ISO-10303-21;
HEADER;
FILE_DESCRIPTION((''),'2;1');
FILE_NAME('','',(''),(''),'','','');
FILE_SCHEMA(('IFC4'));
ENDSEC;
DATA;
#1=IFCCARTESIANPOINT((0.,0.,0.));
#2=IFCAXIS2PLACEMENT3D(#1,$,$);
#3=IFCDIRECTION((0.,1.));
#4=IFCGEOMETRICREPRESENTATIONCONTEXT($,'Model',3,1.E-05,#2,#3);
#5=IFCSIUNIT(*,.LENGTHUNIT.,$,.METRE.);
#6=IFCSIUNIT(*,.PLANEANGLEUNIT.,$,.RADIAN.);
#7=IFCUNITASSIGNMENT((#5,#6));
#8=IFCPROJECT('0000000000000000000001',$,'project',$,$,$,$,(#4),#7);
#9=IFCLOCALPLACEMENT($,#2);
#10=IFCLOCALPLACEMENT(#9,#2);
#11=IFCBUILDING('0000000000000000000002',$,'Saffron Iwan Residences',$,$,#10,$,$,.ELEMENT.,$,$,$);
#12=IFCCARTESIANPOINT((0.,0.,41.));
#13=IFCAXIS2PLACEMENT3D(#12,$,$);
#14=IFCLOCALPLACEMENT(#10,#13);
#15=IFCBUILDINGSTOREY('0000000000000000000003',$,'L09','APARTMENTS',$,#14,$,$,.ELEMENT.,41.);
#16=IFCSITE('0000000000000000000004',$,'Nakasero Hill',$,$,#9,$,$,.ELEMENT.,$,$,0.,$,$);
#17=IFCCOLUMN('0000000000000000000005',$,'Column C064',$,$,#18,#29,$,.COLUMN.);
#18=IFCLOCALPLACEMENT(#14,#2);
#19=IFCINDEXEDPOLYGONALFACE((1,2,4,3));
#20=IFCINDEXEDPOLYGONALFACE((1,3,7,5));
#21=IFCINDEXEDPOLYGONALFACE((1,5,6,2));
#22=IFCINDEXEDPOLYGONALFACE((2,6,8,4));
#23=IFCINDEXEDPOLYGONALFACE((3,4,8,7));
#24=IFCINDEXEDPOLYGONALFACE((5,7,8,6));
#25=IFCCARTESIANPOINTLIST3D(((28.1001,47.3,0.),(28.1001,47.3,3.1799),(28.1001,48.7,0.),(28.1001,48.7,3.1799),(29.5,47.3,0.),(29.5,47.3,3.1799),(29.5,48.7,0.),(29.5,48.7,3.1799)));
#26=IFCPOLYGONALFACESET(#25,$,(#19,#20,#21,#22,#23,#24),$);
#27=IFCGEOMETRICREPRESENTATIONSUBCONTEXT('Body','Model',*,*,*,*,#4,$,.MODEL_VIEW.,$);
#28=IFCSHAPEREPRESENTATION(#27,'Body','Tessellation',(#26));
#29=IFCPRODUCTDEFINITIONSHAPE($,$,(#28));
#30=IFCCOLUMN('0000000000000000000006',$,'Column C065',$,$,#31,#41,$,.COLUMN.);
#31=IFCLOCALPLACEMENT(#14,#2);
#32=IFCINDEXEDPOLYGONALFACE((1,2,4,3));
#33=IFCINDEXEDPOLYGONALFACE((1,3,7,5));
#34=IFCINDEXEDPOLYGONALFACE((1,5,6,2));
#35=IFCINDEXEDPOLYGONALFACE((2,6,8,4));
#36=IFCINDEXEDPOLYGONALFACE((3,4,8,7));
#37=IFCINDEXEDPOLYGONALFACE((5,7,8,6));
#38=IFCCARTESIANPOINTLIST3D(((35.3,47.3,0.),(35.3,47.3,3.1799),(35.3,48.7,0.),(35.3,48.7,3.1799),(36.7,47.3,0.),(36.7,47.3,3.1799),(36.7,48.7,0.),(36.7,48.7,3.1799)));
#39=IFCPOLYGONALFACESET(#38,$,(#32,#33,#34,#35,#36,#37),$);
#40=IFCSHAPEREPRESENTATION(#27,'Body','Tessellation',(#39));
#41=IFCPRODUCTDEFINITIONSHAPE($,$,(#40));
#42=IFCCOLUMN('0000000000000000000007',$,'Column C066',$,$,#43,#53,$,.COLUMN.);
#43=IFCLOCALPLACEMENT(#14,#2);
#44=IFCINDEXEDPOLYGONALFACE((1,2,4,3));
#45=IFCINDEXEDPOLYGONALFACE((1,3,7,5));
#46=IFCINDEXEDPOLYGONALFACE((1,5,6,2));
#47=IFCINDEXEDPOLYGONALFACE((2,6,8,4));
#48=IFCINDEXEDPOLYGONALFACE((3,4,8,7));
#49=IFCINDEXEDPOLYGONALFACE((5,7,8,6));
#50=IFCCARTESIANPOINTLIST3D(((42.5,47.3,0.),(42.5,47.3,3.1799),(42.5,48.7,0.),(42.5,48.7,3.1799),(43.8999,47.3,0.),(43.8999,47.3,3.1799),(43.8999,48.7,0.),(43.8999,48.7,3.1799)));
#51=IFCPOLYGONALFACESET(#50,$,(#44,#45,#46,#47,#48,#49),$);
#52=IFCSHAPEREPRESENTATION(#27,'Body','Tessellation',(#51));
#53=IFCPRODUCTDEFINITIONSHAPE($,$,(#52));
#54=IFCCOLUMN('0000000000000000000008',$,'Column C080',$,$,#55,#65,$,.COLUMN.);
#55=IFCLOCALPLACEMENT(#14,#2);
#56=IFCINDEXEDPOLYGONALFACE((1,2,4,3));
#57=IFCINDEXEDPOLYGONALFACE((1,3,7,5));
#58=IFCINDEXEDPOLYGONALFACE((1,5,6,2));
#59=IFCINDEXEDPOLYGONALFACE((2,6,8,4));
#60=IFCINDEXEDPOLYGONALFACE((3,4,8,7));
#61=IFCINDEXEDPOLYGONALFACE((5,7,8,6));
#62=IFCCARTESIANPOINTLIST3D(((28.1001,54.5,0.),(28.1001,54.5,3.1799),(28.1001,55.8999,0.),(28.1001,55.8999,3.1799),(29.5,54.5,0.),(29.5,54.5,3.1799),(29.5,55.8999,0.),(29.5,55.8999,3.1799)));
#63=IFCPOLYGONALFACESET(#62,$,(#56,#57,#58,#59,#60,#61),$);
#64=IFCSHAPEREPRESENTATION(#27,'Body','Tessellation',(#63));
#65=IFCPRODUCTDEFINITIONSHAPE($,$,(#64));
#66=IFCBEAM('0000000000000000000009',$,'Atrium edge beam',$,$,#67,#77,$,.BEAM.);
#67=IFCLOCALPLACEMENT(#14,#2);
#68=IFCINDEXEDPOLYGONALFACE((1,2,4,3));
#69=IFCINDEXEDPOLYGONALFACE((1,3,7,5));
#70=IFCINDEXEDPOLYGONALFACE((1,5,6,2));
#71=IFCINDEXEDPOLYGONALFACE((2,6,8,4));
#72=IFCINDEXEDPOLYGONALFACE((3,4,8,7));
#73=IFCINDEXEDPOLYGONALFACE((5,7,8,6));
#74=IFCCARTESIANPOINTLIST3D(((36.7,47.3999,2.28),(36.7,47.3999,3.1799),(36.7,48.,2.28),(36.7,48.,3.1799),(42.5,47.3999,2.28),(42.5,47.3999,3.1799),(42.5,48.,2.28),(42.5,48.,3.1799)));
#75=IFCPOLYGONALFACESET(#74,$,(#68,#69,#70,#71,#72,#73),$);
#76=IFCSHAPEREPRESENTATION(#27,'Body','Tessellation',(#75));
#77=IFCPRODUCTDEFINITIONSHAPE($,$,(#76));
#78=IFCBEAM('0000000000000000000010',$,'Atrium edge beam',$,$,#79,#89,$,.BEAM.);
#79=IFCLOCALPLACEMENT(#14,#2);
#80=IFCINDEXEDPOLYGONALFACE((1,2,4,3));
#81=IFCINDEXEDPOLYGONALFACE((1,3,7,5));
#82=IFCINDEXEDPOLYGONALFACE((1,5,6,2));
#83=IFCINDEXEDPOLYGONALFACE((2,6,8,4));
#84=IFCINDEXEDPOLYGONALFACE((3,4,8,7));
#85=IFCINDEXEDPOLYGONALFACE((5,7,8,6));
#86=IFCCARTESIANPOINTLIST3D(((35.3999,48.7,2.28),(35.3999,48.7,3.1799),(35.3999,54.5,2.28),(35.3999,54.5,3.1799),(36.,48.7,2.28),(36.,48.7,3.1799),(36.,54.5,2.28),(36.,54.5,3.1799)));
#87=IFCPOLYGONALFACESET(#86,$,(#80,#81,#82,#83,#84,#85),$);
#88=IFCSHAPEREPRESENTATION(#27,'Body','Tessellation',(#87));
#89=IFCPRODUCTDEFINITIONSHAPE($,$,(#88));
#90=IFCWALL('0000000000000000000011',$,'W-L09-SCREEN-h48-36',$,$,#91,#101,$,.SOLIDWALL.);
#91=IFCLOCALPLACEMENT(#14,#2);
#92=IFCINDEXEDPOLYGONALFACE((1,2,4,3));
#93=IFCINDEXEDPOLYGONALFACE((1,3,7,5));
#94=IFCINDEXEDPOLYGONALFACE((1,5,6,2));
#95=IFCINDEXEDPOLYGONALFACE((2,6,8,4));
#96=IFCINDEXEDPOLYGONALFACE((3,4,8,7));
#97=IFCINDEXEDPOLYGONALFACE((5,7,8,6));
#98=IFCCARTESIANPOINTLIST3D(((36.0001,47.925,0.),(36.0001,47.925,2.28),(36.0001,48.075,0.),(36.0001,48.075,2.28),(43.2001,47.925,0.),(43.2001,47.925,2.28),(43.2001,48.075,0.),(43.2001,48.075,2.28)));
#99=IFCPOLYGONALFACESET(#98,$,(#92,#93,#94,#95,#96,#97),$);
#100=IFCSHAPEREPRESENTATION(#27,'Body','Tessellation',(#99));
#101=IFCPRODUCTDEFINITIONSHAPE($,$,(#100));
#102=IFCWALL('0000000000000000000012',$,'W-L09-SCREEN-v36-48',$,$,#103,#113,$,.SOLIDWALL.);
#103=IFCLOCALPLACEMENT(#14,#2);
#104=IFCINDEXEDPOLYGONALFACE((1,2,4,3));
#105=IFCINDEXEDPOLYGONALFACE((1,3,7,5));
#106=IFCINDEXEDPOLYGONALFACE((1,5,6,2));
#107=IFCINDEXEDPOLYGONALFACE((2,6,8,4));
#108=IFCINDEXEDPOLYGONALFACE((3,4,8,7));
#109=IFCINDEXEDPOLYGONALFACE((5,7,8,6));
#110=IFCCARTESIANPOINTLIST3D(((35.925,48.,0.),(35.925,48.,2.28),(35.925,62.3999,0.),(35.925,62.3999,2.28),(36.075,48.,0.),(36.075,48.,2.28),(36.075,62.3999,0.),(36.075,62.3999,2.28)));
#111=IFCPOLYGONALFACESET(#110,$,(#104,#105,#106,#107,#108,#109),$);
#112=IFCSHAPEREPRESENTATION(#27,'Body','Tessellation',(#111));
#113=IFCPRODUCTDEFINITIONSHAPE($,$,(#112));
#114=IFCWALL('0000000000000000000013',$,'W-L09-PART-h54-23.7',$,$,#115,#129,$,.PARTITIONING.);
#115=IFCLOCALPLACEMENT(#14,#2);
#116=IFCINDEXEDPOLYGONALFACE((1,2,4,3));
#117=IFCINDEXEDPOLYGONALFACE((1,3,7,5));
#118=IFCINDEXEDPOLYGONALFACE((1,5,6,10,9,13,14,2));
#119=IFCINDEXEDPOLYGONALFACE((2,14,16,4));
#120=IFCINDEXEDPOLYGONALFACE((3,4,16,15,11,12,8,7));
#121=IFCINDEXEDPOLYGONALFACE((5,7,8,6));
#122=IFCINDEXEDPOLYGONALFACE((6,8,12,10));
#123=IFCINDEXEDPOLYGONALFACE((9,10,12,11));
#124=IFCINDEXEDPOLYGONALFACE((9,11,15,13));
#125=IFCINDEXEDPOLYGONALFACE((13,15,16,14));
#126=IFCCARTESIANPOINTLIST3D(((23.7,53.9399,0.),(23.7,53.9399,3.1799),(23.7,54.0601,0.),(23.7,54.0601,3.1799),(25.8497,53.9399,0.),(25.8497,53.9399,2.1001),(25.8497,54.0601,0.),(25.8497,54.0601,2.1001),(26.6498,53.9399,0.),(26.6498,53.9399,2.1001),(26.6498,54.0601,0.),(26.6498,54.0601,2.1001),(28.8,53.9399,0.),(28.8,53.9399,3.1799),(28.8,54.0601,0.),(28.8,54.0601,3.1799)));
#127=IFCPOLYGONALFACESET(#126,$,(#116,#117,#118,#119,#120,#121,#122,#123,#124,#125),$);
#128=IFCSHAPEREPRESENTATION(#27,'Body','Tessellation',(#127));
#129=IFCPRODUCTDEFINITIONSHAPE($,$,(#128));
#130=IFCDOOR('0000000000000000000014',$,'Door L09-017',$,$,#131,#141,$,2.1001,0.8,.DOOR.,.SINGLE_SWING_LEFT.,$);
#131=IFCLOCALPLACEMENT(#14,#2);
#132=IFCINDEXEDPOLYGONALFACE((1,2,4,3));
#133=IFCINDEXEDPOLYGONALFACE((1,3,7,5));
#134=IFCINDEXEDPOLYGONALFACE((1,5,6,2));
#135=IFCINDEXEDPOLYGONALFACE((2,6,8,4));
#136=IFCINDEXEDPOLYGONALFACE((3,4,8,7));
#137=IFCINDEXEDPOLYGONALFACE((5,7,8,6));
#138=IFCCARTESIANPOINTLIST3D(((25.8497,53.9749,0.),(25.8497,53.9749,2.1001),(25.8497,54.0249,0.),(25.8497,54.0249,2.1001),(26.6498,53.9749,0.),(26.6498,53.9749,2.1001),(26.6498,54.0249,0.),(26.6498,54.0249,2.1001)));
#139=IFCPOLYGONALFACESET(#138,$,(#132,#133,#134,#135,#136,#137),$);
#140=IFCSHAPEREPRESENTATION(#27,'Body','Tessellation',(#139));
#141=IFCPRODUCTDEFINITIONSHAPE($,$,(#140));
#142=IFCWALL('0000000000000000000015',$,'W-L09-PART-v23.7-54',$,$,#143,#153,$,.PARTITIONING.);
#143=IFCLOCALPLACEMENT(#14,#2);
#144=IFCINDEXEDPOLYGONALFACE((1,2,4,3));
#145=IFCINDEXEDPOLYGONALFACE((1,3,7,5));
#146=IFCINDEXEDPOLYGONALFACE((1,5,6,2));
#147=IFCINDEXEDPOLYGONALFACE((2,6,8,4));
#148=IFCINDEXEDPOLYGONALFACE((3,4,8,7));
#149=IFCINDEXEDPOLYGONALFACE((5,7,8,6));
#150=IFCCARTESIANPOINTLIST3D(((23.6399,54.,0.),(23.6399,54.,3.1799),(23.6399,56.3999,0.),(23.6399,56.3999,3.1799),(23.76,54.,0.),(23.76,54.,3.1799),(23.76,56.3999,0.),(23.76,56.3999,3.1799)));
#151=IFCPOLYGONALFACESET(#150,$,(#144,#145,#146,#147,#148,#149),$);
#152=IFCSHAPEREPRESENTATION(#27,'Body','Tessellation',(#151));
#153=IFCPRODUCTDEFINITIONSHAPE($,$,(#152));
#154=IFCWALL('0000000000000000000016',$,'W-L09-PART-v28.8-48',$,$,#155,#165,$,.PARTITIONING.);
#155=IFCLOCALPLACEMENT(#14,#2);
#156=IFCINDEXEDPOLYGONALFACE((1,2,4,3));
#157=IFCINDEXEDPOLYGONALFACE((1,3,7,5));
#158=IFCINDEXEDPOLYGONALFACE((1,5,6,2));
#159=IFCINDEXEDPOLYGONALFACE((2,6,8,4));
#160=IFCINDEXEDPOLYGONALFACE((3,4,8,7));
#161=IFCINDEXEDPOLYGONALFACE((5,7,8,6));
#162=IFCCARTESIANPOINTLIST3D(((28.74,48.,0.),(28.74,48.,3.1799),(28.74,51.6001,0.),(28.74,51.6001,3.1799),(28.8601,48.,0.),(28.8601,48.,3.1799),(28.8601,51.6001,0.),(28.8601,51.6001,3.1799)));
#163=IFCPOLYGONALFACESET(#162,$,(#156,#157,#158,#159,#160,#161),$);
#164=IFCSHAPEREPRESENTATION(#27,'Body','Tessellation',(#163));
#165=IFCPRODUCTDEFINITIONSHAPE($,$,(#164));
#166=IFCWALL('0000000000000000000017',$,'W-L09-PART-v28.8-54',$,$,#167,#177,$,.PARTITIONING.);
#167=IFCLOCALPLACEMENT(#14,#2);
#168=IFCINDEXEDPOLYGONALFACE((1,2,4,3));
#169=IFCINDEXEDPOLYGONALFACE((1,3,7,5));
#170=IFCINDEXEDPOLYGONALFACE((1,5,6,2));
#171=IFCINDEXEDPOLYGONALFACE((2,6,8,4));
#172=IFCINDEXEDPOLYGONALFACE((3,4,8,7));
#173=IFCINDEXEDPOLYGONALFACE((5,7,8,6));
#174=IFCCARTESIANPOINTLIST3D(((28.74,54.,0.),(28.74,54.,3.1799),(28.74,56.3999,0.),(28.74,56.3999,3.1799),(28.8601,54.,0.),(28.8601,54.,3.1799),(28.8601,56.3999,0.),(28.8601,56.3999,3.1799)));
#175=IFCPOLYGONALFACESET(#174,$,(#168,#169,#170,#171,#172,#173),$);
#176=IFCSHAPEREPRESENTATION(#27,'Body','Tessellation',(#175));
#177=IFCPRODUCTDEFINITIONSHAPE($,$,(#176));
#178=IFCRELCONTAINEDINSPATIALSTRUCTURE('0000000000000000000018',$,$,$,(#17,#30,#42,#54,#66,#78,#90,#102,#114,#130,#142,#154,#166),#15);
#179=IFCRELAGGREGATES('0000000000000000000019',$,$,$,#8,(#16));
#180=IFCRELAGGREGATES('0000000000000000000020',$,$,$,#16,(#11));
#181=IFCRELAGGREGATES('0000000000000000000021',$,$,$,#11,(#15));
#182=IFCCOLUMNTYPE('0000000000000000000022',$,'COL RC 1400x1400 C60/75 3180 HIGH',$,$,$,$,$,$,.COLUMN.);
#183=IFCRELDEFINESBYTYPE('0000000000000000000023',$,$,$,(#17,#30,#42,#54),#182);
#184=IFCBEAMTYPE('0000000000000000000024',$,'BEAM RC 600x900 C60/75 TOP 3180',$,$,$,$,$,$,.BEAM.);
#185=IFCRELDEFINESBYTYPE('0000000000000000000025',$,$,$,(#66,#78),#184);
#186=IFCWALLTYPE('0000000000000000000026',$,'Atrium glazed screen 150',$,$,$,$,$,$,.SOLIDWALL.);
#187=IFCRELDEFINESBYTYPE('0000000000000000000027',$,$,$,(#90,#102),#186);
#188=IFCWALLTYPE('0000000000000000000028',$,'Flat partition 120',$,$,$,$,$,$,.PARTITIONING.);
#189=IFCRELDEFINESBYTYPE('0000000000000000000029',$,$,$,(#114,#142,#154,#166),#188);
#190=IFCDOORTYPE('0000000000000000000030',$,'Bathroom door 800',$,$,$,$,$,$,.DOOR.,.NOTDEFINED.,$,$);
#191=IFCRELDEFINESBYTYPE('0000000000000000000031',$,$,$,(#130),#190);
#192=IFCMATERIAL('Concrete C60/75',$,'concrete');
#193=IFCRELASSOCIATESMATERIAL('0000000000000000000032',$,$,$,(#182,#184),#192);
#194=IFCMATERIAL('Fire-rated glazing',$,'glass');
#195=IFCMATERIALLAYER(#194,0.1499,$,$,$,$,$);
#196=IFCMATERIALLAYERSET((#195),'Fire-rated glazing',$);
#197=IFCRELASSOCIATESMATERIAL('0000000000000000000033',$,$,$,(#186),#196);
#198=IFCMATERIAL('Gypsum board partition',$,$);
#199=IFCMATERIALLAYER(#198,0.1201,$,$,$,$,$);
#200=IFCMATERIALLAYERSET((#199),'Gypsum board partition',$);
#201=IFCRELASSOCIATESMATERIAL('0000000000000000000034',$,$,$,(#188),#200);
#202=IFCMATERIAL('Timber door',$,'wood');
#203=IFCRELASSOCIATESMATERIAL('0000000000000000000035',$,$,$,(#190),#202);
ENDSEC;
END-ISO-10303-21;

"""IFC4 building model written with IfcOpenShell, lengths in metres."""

from ifc_helpers import new_model, si_unit, direction, frame, frame_2d, origin, origin_2d, place, context, subcontext, project, spatial, rectangle, extrude, source, transform, mapped, material, layer, layer_set, material_profile, profile_set, type_object, element, fill, save


model = new_model("IFC4")

# Units and contexts
model_context = context("Model", 3, precision=1e-05, world=origin(), true_north=direction((0.0, 1.0)))
body_context = subcontext(model_context, "Body", "Model", "MODEL_VIEW")
ifc_project = project(units=[si_unit("LENGTHUNIT", "METRE"), si_unit("PLANEANGLEUNIT", "RADIAN")], contexts=[model_context])

# Site, building, storey
site_placement = place(None, origin())
site = spatial("IfcSite", under=ifc_project, at=site_placement, Name="Nakasero Hill", CompositionType="ELEMENT", RefElevation=0.0)
building_placement = place(site_placement, origin())
building = spatial("IfcBuilding", under=site, at=building_placement, Name="Saffron Iwan Residences", CompositionType="ELEMENT")
storey_placement = place(building_placement, frame((0.0, 0.0, 41.0)))
storey = spatial("IfcBuildingStorey", under=building, at=storey_placement, Name="L09", Description="APARTMENTS", CompositionType="ELEMENT", Elevation=41.0)

# Columns
ifc_material_1 = material(Name="Concrete C60/75", Category="concrete")
ifc_material_profile_1 = material_profile(ifc_material_1, rectangle(XDim=1.3999, YDim=1.3999, at=origin_2d()), Name="RC 1400x1400")
ifc_profile_set_1 = profile_set([ifc_material_profile_1], Name="Concrete C60/75")
column_type = type_object("IfcColumnType", Name="COL RC 1400x1400 C60/75 3180 HIGH", PredefinedType="COLUMN", material=ifc_profile_set_1)
shared_shape_1 = source(origin(), body_context, "Body", "SweptSolid", [
    extrude(rectangle(XDim=1.3999, YDim=1.3999, at=origin_2d()), origin(), (0.0, 0.0, 1.0), 3.1799),
])
for number, where, z_axis, x_axis, name in (
    (1, (28.8, 48.0, 0.0), (0.0, 0.0, 1.0), (1.0, 0.0, 0.0), "Column C064"),
    (2, (36.0, 48.0, 0.0), (0.0, 0.0, 1.0), (1.0, 0.0, 0.0), "Column C065"),
    (3, (43.2, 48.0, 0.0), (0.0, 0.0, 1.0), (1.0, 0.0, 0.0), "Column C066"),
    (4, (28.8, 55.2, 0.0), (0.0, 0.0, 1.0), (1.0, 0.0, 0.0), "Column C080"),
):
    element("IfcColumn", number, at=place(storey_placement, frame(where, z_axis=z_axis, x_axis=x_axis)), inside=storey, type_object=column_type, Name=name, PredefinedType="COLUMN", context=body_context, shape_type="MappedRepresentation", body=[
        mapped(shared_shape_1, transform((0.0, 0.0, 0.0))),
    ])

# Beams
ifc_material_profile_2 = material_profile(ifc_material_1, rectangle(XDim=0.6001, YDim=0.8999, at=origin_2d()), Name="RC 600x900")
ifc_profile_set_2 = profile_set([ifc_material_profile_2], Name="Concrete C60/75")
beam_type = type_object("IfcBeamType", Name="BEAM RC 600x900 C60/75 TOP 3180", PredefinedType="BEAM", material=ifc_profile_set_2)
shared_shape_2 = source(origin(), body_context, "Body", "SweptSolid", [
    extrude(rectangle(XDim=0.6001, YDim=0.8999, at=origin_2d()), origin(), (0.0, 0.0, 1.0), 5.8),
])
for number, where, z_axis, x_axis, name in (
    (5, (42.5, 47.7, 2.73), (-1.0, 0.0, 0.0), (0.0, -1.0, 0.0), "Atrium edge beam"),
    (6, (35.7, 48.7, 2.73), (0.0, 1.0, 0.0), (-1.0, 0.0, 0.0), "Atrium edge beam"),
):
    element("IfcBeam", number, at=place(storey_placement, frame(where, z_axis=z_axis, x_axis=x_axis)), inside=storey, type_object=beam_type, Name=name, PredefinedType="BEAM", context=body_context, shape_type="MappedRepresentation", body=[
        mapped(shared_shape_2, transform((0.0, 0.0, 0.0))),
    ])

# Walls
ifc_material_2 = material(Name="Fire-rated glazing", Category="glass")
ifc_layer_1 = layer(ifc_material_2, 0.1499)
ifc_layer_set_1 = layer_set([ifc_layer_1], Name="Fire-rated glazing")
wall_type_1 = type_object("IfcWallType", Name="Atrium glazed screen 150", PredefinedType="SOLIDWALL", material=ifc_layer_set_1)
wall_1_placement = place(storey_placement, frame((36.0, 48.0, 0.0), z_axis=(0.0, 0.0, 1.0), x_axis=(1.0, 0.0, 0.0)))
element("IfcWall", 7, at=wall_1_placement, inside=storey, type_object=wall_type_1, Name="W-L09-SCREEN-h48-36", PredefinedType="SOLIDWALL", context=body_context, shape_type="SweptSolid", body=[
    extrude(rectangle(XDim=7.2, YDim=0.1499, at=frame_2d((3.6001, 0.0))), origin(), (0.0, 0.0, 1.0), 2.28),
])
wall_2_placement = place(storey_placement, frame((36.0, 48.0, 0.0), z_axis=(0.0, 0.0, 1.0), x_axis=(0.0, 1.0, 0.0)))
element("IfcWall", 8, at=wall_2_placement, inside=storey, type_object=wall_type_1, Name="W-L09-SCREEN-v36-48", PredefinedType="SOLIDWALL", context=body_context, shape_type="SweptSolid", body=[
    extrude(rectangle(XDim=14.3999, YDim=0.1499, at=frame_2d((7.2, 0.0))), origin(), (0.0, 0.0, 1.0), 2.28),
])

# Wall, opening, door
ifc_material_3 = material(Name="Gypsum board partition")
ifc_layer_2 = layer(ifc_material_3, 0.1201)
ifc_layer_set_2 = layer_set([ifc_layer_2], Name="Gypsum board partition")
wall_type_2 = type_object("IfcWallType", Name="Flat partition 120", PredefinedType="PARTITIONING", material=ifc_layer_set_2)
wall_3_placement = place(storey_placement, frame((23.7, 54.0, 0.0), z_axis=(0.0, 0.0, 1.0), x_axis=(1.0, 0.0, 0.0)))
wall_3 = element("IfcWall", 9, at=wall_3_placement, inside=storey, type_object=wall_type_2, Name="W-L09-PART-h54-23.7", PredefinedType="PARTITIONING", context=body_context, shape_type="SweptSolid", body=[
    extrude(rectangle(XDim=5.1001, YDim=0.1201, at=frame_2d((2.55, 0.0))), origin(), (0.0, 0.0, 1.0), 3.1799),
])
opening_1_placement = place(wall_3_placement, frame((2.1499, 0.0, 0.0)))
opening_1 = element("IfcOpeningElement", 10, at=opening_1_placement, cuts=wall_3, PredefinedType="OPENING", context=body_context, shape_type="SweptSolid", body=[
    extrude(rectangle(XDim=0.8, YDim=2.1001, at=frame_2d((0.3999, 1.05))), frame((0.0, 0.0701, 0.0), z_axis=(0.0, -1.0, 0.0), x_axis=(1.0, 0.0, 0.0)), (0.0, 0.0, 1.0), 0.1401),
])
ifc_material_4 = material(Name="Timber door", Category="wood")
door_type_1 = type_object("IfcDoorType", Name="Bathroom door 800", OperationType="NOTDEFINED", PredefinedType="DOOR", material=ifc_material_4)
door_1_placement = place(opening_1_placement, origin())
door_1 = element("IfcDoor", 11, at=door_1_placement, inside=storey, type_object=door_type_1, Name="Door L09-017", OperationType="SINGLE_SWING_LEFT", OverallHeight=2.1001, OverallWidth=0.8, PredefinedType="DOOR", context=body_context, shape_type="SweptSolid", body=[
    extrude(rectangle(XDim=0.8, YDim=2.1001, at=frame_2d((0.3999, 1.05))), frame((0.0, 0.0249, 0.0), z_axis=(0.0, -1.0, 0.0), x_axis=(1.0, 0.0, 0.0)), (0.0, 0.0, 1.0), 0.05),
])
fill(opening_1, door_1)

# Walls
wall_4_placement = place(storey_placement, frame((23.7, 54.0, 0.0), z_axis=(0.0, 0.0, 1.0), x_axis=(0.0, 1.0, 0.0)))
element("IfcWall", 12, at=wall_4_placement, inside=storey, type_object=wall_type_2, Name="W-L09-PART-v23.7-54", PredefinedType="PARTITIONING", context=body_context, shape_type="SweptSolid", body=[
    extrude(rectangle(XDim=2.3999, YDim=0.1201, at=frame_2d((1.2, 0.0))), origin(), (0.0, 0.0, 1.0), 3.1799),
])
wall_5_placement = place(storey_placement, frame((28.8, 48.0, 0.0), z_axis=(0.0, 0.0, 1.0), x_axis=(0.0, 1.0, 0.0)))
element("IfcWall", 13, at=wall_5_placement, inside=storey, type_object=wall_type_2, Name="W-L09-PART-v28.8-48", PredefinedType="PARTITIONING", context=body_context, shape_type="SweptSolid", body=[
    extrude(rectangle(XDim=3.6001, YDim=0.1201, at=frame_2d((1.8, 0.0))), origin(), (0.0, 0.0, 1.0), 3.1799),
])
wall_6_placement = place(storey_placement, frame((28.8, 54.0, 0.0), z_axis=(0.0, 0.0, 1.0), x_axis=(0.0, 1.0, 0.0)))
element("IfcWall", 14, at=wall_6_placement, inside=storey, type_object=wall_type_2, Name="W-L09-PART-v28.8-54", PredefinedType="PARTITIONING", context=body_context, shape_type="SweptSolid", body=[
    extrude(rectangle(XDim=2.3999, YDim=0.1201, at=frame_2d((1.2, 0.0))), origin(), (0.0, 0.0, 1.0), 3.1799),
])

save(model, "model.ifc")
